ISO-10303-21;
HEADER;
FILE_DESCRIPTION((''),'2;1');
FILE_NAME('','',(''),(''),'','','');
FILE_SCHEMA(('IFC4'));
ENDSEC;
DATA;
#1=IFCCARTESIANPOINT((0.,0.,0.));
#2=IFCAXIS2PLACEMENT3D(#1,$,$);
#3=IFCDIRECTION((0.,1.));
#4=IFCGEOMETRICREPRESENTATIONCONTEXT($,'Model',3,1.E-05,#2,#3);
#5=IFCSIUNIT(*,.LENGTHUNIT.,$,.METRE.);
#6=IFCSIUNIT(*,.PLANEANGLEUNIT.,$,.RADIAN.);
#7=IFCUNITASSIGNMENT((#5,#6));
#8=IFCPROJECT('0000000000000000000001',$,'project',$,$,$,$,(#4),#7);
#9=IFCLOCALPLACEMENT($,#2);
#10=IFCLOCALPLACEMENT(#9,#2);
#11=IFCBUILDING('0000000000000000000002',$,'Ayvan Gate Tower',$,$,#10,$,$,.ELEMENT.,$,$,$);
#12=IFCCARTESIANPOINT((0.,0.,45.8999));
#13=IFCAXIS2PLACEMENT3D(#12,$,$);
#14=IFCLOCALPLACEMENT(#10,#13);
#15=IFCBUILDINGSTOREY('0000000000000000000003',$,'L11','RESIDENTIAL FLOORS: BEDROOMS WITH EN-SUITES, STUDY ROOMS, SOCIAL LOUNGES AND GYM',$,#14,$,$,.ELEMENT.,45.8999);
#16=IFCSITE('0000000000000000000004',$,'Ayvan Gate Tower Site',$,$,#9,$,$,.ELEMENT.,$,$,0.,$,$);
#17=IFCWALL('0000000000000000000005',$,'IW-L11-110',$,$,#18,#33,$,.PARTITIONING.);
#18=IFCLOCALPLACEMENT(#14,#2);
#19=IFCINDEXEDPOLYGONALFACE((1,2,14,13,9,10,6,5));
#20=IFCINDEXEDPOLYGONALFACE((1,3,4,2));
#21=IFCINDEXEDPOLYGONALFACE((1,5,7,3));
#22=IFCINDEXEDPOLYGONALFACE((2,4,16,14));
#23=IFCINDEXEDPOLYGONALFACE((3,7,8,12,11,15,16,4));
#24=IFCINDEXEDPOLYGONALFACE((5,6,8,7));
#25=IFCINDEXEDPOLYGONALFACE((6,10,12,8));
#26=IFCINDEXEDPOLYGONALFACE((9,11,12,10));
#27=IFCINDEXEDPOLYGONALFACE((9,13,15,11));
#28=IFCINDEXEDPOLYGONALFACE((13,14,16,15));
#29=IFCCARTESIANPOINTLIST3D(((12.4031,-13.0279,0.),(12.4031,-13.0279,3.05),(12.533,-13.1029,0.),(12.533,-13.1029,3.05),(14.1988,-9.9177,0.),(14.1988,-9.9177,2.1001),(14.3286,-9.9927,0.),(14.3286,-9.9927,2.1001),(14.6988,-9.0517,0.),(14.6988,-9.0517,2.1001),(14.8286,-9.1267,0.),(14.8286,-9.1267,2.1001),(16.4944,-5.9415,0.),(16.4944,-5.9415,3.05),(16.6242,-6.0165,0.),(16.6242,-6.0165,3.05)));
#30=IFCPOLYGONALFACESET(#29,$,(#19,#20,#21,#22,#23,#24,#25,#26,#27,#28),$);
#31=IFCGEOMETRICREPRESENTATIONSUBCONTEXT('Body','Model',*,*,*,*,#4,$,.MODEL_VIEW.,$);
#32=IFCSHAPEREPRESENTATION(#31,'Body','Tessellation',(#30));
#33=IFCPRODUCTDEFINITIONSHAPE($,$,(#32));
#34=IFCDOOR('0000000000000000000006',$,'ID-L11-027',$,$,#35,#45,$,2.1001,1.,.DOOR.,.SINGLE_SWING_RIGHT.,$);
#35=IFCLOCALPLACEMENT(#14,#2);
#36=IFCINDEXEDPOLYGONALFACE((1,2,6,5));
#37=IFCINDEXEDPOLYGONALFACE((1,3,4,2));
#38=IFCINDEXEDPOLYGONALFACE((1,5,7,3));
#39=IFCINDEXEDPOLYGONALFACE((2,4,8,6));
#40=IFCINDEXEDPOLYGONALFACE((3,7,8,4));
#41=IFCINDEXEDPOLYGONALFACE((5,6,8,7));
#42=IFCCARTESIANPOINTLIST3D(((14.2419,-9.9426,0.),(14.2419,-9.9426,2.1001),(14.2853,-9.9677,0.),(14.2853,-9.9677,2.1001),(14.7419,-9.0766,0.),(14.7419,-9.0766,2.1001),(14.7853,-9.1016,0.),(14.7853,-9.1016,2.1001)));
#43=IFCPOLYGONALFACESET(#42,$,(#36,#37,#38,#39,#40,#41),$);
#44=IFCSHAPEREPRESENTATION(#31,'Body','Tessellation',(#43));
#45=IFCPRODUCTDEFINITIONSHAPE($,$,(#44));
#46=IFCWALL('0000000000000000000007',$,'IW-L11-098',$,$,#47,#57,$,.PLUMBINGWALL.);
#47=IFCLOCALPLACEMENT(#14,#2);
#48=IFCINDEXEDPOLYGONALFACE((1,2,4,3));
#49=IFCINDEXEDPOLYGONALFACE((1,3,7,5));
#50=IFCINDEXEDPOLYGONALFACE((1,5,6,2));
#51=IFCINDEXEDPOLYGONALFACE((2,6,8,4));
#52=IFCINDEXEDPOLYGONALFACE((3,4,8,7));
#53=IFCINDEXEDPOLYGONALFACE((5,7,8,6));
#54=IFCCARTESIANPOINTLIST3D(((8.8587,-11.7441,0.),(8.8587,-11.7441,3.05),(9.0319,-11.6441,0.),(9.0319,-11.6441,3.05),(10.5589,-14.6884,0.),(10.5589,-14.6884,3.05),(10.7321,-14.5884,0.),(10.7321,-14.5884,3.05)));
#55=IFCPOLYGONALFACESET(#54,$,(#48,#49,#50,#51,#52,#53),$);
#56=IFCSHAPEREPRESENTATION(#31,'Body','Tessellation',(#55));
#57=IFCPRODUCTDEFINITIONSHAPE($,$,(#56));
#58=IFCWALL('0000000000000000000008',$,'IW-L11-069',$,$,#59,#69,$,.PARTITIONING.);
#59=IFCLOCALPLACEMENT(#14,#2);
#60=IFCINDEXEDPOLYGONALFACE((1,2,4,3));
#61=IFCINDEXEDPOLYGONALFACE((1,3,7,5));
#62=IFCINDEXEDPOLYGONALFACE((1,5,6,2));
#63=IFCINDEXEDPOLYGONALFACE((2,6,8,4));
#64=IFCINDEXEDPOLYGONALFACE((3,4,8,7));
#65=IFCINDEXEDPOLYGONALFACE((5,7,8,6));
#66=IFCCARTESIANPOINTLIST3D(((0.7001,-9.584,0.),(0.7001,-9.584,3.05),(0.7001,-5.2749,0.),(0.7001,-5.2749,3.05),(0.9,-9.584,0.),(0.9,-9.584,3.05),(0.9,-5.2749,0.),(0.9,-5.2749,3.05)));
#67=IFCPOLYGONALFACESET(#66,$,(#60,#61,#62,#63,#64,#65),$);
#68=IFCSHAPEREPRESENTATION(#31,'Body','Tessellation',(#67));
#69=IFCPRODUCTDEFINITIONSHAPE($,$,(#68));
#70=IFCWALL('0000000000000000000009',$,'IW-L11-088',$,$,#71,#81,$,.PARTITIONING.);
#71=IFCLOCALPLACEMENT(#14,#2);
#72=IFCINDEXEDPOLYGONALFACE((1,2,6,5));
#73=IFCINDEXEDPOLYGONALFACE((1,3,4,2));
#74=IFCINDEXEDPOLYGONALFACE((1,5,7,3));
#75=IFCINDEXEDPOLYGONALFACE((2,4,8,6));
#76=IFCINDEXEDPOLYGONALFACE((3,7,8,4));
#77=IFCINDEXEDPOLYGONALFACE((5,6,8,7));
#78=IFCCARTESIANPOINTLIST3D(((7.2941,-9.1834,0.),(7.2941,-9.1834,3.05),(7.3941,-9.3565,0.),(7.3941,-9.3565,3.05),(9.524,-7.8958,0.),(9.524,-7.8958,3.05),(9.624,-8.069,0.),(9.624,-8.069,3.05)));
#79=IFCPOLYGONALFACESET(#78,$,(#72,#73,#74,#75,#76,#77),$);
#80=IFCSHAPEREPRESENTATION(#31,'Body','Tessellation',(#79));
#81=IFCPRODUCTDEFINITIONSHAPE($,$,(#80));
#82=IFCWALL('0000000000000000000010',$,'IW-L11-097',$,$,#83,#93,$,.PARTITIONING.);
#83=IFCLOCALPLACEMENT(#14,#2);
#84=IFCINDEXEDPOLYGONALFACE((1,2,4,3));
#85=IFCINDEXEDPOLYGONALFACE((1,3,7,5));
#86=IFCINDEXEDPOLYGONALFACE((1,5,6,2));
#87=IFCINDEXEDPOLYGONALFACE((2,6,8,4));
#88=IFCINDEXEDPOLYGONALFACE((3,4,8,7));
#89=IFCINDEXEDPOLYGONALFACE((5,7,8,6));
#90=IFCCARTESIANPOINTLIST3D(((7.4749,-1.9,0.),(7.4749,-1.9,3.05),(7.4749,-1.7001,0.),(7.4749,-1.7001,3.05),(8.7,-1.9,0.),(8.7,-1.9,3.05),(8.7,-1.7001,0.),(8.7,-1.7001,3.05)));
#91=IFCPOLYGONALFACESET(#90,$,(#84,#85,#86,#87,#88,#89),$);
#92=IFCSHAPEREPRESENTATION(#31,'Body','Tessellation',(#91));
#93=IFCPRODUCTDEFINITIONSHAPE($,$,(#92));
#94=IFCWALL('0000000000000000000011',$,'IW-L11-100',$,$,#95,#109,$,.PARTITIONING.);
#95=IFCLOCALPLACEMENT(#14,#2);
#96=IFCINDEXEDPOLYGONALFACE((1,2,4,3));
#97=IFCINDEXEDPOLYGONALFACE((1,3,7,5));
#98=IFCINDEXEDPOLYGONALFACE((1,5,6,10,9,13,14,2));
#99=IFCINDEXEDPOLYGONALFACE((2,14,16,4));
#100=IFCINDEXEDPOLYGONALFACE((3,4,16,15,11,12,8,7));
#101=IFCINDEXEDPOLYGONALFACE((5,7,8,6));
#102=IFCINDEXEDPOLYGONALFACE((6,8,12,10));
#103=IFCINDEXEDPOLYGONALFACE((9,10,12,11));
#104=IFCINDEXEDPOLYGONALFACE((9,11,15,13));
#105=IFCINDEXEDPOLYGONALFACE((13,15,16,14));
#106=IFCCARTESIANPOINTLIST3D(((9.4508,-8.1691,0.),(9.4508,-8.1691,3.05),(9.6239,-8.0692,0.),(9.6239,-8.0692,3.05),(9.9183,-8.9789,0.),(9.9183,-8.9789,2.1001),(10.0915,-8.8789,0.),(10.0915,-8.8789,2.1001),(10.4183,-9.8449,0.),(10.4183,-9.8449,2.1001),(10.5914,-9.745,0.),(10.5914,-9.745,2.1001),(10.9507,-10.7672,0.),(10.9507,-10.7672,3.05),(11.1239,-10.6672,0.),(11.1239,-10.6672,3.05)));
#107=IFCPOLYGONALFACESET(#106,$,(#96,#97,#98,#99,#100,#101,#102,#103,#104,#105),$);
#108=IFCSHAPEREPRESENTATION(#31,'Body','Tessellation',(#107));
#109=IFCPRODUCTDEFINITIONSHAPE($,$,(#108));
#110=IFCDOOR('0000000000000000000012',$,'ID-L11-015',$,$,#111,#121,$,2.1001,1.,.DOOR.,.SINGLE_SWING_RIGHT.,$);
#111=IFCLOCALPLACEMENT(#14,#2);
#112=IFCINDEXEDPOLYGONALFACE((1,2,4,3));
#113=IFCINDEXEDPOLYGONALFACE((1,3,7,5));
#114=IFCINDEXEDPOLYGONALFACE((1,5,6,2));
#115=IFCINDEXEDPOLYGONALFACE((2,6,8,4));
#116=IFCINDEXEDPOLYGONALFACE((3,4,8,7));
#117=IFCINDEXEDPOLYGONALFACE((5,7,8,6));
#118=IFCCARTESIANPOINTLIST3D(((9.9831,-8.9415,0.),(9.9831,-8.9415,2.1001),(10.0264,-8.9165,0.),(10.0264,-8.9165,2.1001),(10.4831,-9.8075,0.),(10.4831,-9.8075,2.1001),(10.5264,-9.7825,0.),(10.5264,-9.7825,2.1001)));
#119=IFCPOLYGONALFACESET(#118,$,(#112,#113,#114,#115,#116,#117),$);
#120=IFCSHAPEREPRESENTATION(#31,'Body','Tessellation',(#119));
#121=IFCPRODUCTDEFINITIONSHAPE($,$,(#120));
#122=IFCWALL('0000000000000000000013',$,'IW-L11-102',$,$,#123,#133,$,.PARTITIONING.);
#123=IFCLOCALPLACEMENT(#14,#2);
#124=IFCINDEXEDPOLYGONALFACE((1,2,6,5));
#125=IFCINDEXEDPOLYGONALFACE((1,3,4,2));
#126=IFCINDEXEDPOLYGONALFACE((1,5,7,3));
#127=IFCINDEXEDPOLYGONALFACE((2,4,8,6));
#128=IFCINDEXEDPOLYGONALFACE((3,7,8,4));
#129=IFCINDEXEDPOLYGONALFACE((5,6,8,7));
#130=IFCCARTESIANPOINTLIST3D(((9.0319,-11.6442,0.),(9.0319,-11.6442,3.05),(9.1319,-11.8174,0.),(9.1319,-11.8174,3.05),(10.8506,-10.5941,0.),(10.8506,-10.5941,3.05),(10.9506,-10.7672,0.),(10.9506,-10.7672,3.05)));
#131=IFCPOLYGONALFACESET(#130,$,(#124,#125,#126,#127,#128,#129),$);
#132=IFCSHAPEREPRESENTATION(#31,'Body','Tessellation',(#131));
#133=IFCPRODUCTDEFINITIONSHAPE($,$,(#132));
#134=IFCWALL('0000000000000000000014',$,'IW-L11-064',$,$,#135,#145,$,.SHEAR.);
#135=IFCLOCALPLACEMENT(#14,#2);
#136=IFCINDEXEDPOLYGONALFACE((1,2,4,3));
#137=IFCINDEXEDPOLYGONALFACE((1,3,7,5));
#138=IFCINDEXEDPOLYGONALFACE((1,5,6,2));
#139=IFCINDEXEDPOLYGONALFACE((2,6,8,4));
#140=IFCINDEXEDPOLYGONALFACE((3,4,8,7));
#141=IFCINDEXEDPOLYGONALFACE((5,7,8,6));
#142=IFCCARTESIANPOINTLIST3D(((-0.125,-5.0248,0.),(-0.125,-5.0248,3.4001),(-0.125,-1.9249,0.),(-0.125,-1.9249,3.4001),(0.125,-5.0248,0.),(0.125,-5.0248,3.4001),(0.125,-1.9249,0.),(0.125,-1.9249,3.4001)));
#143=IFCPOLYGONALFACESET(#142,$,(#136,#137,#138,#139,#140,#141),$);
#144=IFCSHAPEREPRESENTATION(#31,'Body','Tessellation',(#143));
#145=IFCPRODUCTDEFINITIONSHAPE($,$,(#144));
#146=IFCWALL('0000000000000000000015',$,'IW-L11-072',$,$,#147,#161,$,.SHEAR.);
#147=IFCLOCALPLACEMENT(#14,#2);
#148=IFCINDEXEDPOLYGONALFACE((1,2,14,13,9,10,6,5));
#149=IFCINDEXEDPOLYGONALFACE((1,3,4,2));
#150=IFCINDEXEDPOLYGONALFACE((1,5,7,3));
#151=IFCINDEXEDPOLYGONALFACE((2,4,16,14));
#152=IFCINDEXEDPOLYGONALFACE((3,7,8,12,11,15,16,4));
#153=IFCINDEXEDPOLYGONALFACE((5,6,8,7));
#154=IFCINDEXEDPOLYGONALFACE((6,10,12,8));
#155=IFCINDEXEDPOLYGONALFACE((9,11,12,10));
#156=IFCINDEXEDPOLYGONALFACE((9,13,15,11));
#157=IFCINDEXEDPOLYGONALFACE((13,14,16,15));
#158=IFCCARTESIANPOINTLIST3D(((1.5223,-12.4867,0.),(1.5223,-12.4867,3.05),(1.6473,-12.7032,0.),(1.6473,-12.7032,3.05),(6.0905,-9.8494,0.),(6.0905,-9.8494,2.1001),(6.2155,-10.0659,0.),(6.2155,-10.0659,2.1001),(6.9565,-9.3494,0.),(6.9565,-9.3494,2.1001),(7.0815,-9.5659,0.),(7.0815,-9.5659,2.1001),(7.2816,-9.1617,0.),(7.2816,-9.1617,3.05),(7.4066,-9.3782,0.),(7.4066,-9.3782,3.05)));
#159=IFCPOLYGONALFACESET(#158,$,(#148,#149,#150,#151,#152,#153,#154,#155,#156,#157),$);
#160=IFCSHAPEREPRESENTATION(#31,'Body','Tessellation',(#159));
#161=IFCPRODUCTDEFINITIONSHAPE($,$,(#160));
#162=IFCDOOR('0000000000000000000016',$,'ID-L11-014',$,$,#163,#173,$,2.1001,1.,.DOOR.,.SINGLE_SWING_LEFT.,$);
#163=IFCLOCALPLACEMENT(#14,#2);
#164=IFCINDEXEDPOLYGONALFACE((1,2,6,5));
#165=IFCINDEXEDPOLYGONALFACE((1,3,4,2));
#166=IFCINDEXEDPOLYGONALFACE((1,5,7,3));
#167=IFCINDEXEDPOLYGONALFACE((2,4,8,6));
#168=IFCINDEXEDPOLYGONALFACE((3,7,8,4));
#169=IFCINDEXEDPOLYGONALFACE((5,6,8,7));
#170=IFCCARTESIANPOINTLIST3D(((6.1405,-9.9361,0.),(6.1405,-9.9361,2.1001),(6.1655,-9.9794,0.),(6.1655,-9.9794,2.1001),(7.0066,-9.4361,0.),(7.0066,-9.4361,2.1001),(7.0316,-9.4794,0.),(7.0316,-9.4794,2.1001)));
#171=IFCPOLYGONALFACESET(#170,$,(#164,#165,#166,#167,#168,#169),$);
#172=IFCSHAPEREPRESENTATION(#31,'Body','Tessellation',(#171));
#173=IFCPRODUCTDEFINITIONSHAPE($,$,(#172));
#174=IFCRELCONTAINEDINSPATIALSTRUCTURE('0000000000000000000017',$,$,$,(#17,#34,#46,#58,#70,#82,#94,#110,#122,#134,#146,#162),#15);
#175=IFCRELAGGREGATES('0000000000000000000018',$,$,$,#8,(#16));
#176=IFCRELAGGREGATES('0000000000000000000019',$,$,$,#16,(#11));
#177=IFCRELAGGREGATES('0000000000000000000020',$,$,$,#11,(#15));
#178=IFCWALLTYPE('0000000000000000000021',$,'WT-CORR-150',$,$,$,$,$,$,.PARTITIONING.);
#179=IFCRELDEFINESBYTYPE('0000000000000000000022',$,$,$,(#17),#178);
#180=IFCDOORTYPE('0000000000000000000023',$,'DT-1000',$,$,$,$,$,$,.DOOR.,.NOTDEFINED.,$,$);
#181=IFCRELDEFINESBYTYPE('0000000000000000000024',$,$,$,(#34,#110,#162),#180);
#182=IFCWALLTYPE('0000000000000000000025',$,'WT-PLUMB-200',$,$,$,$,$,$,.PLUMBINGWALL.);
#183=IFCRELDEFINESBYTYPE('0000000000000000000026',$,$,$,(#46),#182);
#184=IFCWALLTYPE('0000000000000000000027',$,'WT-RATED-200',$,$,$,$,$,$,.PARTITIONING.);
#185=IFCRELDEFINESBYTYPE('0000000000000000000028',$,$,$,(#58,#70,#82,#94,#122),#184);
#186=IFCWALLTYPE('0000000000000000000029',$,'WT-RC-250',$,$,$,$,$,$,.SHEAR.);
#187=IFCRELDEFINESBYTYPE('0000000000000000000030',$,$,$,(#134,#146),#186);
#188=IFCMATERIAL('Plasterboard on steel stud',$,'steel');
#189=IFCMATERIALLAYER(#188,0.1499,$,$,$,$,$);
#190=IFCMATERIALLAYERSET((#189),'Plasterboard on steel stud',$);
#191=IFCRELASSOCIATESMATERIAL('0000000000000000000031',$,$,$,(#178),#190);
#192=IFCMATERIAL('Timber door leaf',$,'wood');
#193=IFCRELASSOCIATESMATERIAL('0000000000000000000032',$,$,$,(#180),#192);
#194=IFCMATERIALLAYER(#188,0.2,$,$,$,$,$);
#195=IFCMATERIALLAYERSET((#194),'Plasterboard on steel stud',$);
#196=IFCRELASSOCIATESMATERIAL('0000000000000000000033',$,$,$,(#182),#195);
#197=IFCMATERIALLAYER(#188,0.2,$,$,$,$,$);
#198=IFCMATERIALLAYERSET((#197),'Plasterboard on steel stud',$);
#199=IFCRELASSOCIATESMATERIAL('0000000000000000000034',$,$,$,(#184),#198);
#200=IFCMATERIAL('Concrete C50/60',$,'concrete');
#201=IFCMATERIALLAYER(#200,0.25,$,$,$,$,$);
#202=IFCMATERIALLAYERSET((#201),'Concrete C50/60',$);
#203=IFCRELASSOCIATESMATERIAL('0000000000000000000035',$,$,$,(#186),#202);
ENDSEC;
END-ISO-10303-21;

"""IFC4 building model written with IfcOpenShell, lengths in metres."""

from ifc_helpers import new_model, si_unit, direction, frame, frame_2d, origin, place, context, subcontext, project, spatial, rectangle, extrude, material, layer, layer_set, type_object, element, fill, save


model = new_model("IFC4")

# Units and contexts
model_context = context("Model", 3, precision=1e-05, world=origin(), true_north=direction((0.0, 1.0)))
body_context = subcontext(model_context, "Body", "Model", "MODEL_VIEW")
ifc_project = project(units=[si_unit("LENGTHUNIT", "METRE"), si_unit("PLANEANGLEUNIT", "RADIAN")], contexts=[model_context])

# Site, building, storey
site_placement = place(None, origin())
site = spatial("IfcSite", under=ifc_project, at=site_placement, Name="Ayvan Gate Tower Site", CompositionType="ELEMENT", RefElevation=0.0)
building_placement = place(site_placement, origin())
building = spatial("IfcBuilding", under=site, at=building_placement, Name="Ayvan Gate Tower", CompositionType="ELEMENT")
storey_placement = place(building_placement, frame((0.0, 0.0, 45.8999)))
storey = spatial("IfcBuildingStorey", under=building, at=storey_placement, Name="L11", Description="RESIDENTIAL FLOORS: BEDROOMS WITH EN-SUITES, STUDY ROOMS, SOCIAL LOUNGES AND GYM", CompositionType="ELEMENT", Elevation=45.8999)

# Shared definitions
ifc_material_1 = material(Name="Timber door leaf", Category="wood")

# Shared definitions
ifc_material_2 = material(Name="Plasterboard on steel stud", Category="steel")
ifc_layer_1 = layer(ifc_material_2, 0.1499)
ifc_layer_set_1 = layer_set([ifc_layer_1], Name="Plasterboard on steel stud")
wall_type_1 = type_object("IfcWallType", Name="WT-CORR-150", PredefinedType="PARTITIONING", material=ifc_layer_set_1)

# Wall, opening, door
wall_1_placement = place(storey_placement, frame((16.5593, -5.979, 0.0), z_axis=(0.0, 0.0, 1.0), x_axis=(-0.499996, -0.866028, 0.0)))
wall_1 = element("IfcWall", 1, at=wall_1_placement, inside=storey, type_object=wall_type_1, Name="IW-L11-110", PredefinedType="PARTITIONING", context=body_context, shape_type="SweptSolid", body=[
    extrude(rectangle(XDim=8.1826, YDim=0.1499, at=frame_2d((4.0913, 0.0))), origin(), (0.0, 0.0, 1.0), 3.05),
])
opening_1_placement = place(wall_1_placement, frame((3.5913, 0.0, 0.0)))
opening_1 = element("IfcOpeningElement", 2, at=opening_1_placement, cuts=wall_1, PredefinedType="OPENING", context=body_context, shape_type="SweptSolid", body=[
    extrude(rectangle(XDim=1.0, YDim=2.1001, at=frame_2d((0.5, 1.05))), frame((0.0, 0.085, 0.0), z_axis=(0.0, -1.0, 0.0), x_axis=(1.0, 0.0, 0.0)), (0.0, 0.0, 1.0), 0.1699),
])
door_type_1 = type_object("IfcDoorType", Name="DT-1000", OperationType="NOTDEFINED", PredefinedType="DOOR", material=ifc_material_1)
door_1_placement = place(opening_1_placement, origin())
door_1 = element("IfcDoor", 3, at=door_1_placement, inside=storey, type_object=door_type_1, Name="ID-L11-027", OperationType="SINGLE_SWING_RIGHT", OverallHeight=2.1001, OverallWidth=1.0, PredefinedType="DOOR", context=body_context, shape_type="SweptSolid", body=[
    extrude(rectangle(XDim=1.0, YDim=2.1001, at=frame_2d((0.5, 1.05))), frame((0.0, 0.0249, 0.0), z_axis=(0.0, -1.0, 0.0), x_axis=(1.0, 0.0, 0.0)), (0.0, 0.0, 1.0), 0.05),
])
fill(opening_1, door_1)

# Walls
ifc_layer_2 = layer(ifc_material_2, 0.2)
ifc_layer_set_2 = layer_set([ifc_layer_2], Name="Plasterboard on steel stud")
wall_type_2 = type_object("IfcWallType", Name="WT-PLUMB-200", PredefinedType="PLUMBINGWALL", material=ifc_layer_set_2)
wall_2_placement = place(storey_placement, frame((8.9453, -11.6941, 0.0), z_axis=(0.0, 0.0, 1.0), x_axis=(0.500062, -0.865989, 0.0)))
element("IfcWall", 4, at=wall_2_placement, inside=storey, type_object=wall_type_2, Name="IW-L11-098", PredefinedType="PLUMBINGWALL", context=body_context, shape_type="SweptSolid", body=[
    extrude(rectangle(XDim=3.3999, YDim=0.2, at=frame_2d((1.7, 0.0))), origin(), (0.0, 0.0, 1.0), 3.05),
])
ifc_layer_3 = layer(ifc_material_2, 0.2)
ifc_layer_set_3 = layer_set([ifc_layer_3], Name="Plasterboard on steel stud")
wall_type_3 = type_object("IfcWallType", Name="WT-RATED-200", PredefinedType="PARTITIONING", material=ifc_layer_set_3)
wall_3_placement = place(storey_placement, frame((0.8, -5.2749, 0.0), z_axis=(0.0, 0.0, 1.0), x_axis=(0.0, -1.0, 0.0)))
element("IfcWall", 5, at=wall_3_placement, inside=storey, type_object=wall_type_3, Name="IW-L11-069", PredefinedType="PARTITIONING", context=body_context, shape_type="SweptSolid", body=[
    extrude(rectangle(XDim=4.3091, YDim=0.2, at=frame_2d((2.1545, 0.0))), origin(), (0.0, 0.0, 1.0), 3.05),
])
wall_4_placement = place(storey_placement, frame((7.344, -9.27, 0.0), z_axis=(0.0, 0.0, 1.0), x_axis=(0.866006, 0.500034, 0.0)))
element("IfcWall", 6, at=wall_4_placement, inside=storey, type_object=wall_type_3, Name="IW-L11-088", PredefinedType="PARTITIONING", context=body_context, shape_type="SweptSolid", body=[
    extrude(rectangle(XDim=2.575, YDim=0.2, at=frame_2d((1.2876, 0.0))), origin(), (0.0, 0.0, 1.0), 3.05),
])
wall_5_placement = place(storey_placement, frame((8.7, -1.8, 0.0), z_axis=(0.0, 0.0, 1.0), x_axis=(-1.0, 0.0, 0.0)))
element("IfcWall", 7, at=wall_5_placement, inside=storey, type_object=wall_type_3, Name="IW-L11-097", PredefinedType="PARTITIONING", context=body_context, shape_type="SweptSolid", body=[
    extrude(rectangle(XDim=1.2251, YDim=0.2, at=frame_2d((0.6125, 0.0))), origin(), (0.0, 0.0, 1.0), 3.05),
])

# Wall, opening, door
wall_6_placement = place(storey_placement, frame((9.5374, -8.1191, 0.0), z_axis=(0.0, 0.0, 1.0), x_axis=(0.49999, -0.866031, 0.0)))
wall_6 = element("IfcWall", 8, at=wall_6_placement, inside=storey, type_object=wall_type_3, Name="IW-L11-100", PredefinedType="PARTITIONING", context=body_context, shape_type="SweptSolid", body=[
    extrude(rectangle(XDim=3.0, YDim=0.2, at=frame_2d((1.5, 0.0))), origin(), (0.0, 0.0, 1.0), 3.05),
])
opening_2_placement = place(wall_6_placement, frame((0.9351, 0.0, 0.0)))
opening_2 = element("IfcOpeningElement", 9, at=opening_2_placement, cuts=wall_6, PredefinedType="OPENING", context=body_context, shape_type="SweptSolid", body=[
    extrude(rectangle(XDim=1.0, YDim=2.1001, at=frame_2d((0.5, 1.05))), frame((0.0, 0.1099, 0.0), z_axis=(0.0, -1.0, 0.0), x_axis=(1.0, 0.0, 0.0)), (0.0, 0.0, 1.0), 0.22),
])
door_2_placement = place(opening_2_placement, origin())
door_2 = element("IfcDoor", 10, at=door_2_placement, inside=storey, type_object=door_type_1, Name="ID-L11-015", OperationType="SINGLE_SWING_RIGHT", OverallHeight=2.1001, OverallWidth=1.0, PredefinedType="DOOR", context=body_context, shape_type="SweptSolid", body=[
    extrude(rectangle(XDim=1.0, YDim=2.1001, at=frame_2d((0.5, 1.05))), frame((0.0, 0.0249, 0.0), z_axis=(0.0, -1.0, 0.0), x_axis=(1.0, 0.0, 0.0)), (0.0, 0.0, 1.0), 0.05),
])
fill(opening_2, door_2)

# Walls
wall_7_placement = place(storey_placement, frame((10.9006, -10.6807, 0.0), z_axis=(0.0, 0.0, 1.0), x_axis=(-0.866009, -0.500028, 0.0)))
element("IfcWall", 11, at=wall_7_placement, inside=storey, type_object=wall_type_3, Name="IW-L11-102", PredefinedType="PARTITIONING", context=body_context, shape_type="SweptSolid", body=[
    extrude(rectangle(XDim=2.1001, YDim=0.2, at=frame_2d((1.05, 0.0))), origin(), (0.0, 0.0, 1.0), 3.05),
])
ifc_material_3 = material(Name="Concrete C50/60", Category="concrete")
ifc_layer_4 = layer(ifc_material_3, 0.25)
ifc_layer_set_4 = layer_set([ifc_layer_4], Name="Concrete C50/60")
wall_type_4 = type_object("IfcWallType", Name="WT-RC-250", PredefinedType="SHEAR", material=ifc_layer_set_4)
wall_8_placement = place(storey_placement, frame((0.0, -1.925, 0.0), z_axis=(0.0, 0.0, 1.0), x_axis=(0.0, -1.0, 0.0)))
element("IfcWall", 12, at=wall_8_placement, inside=storey, type_object=wall_type_4, Name="IW-L11-064", PredefinedType="SHEAR", context=body_context, shape_type="SweptSolid", body=[
    extrude(rectangle(XDim=3.0999, YDim=0.25, at=frame_2d((1.5498, 0.0))), origin(), (0.0, 0.0, 1.0), 3.4001),
])

# Wall, opening, door
wall_9_placement = place(storey_placement, frame((1.5847, -12.595, 0.0), z_axis=(0.0, 0.0, 1.0), x_axis=(0.866036, 0.499981, 0.0)))
wall_9 = element("IfcWall", 13, at=wall_9_placement, inside=storey, type_object=wall_type_4, Name="IW-L11-072", PredefinedType="SHEAR", context=body_context, shape_type="SweptSolid", body=[
    extrude(rectangle(XDim=6.6501, YDim=0.25, at=frame_2d((3.3252, 0.0))), origin(), (0.0, 0.0, 1.0), 3.05),
])
opening_3_placement = place(wall_9_placement, frame((5.2749, 0.0, 0.0)))
opening_3 = element("IfcOpeningElement", 14, at=opening_3_placement, cuts=wall_9, PredefinedType="OPENING", context=body_context, shape_type="SweptSolid", body=[
    extrude(rectangle(XDim=1.0, YDim=2.1001, at=frame_2d((0.5, 1.05))), frame((0.0, 0.135, 0.0), z_axis=(0.0, -1.0, 0.0), x_axis=(1.0, 0.0, 0.0)), (0.0, 0.0, 1.0), 0.27),
])
door_3_placement = place(opening_3_placement, origin())
door_3 = element("IfcDoor", 15, at=door_3_placement, inside=storey, type_object=door_type_1, Name="ID-L11-014", OperationType="SINGLE_SWING_LEFT", OverallHeight=2.1001, OverallWidth=1.0, PredefinedType="DOOR", context=body_context, shape_type="SweptSolid", body=[
    extrude(rectangle(XDim=1.0, YDim=2.1001, at=frame_2d((0.5, 1.05))), frame((0.0, 0.0249, 0.0), z_axis=(0.0, -1.0, 0.0), x_axis=(1.0, 0.0, 0.0)), (0.0, 0.0, 1.0), 0.05),
])
fill(opening_3, door_3)

save(model, "model.ifc")
